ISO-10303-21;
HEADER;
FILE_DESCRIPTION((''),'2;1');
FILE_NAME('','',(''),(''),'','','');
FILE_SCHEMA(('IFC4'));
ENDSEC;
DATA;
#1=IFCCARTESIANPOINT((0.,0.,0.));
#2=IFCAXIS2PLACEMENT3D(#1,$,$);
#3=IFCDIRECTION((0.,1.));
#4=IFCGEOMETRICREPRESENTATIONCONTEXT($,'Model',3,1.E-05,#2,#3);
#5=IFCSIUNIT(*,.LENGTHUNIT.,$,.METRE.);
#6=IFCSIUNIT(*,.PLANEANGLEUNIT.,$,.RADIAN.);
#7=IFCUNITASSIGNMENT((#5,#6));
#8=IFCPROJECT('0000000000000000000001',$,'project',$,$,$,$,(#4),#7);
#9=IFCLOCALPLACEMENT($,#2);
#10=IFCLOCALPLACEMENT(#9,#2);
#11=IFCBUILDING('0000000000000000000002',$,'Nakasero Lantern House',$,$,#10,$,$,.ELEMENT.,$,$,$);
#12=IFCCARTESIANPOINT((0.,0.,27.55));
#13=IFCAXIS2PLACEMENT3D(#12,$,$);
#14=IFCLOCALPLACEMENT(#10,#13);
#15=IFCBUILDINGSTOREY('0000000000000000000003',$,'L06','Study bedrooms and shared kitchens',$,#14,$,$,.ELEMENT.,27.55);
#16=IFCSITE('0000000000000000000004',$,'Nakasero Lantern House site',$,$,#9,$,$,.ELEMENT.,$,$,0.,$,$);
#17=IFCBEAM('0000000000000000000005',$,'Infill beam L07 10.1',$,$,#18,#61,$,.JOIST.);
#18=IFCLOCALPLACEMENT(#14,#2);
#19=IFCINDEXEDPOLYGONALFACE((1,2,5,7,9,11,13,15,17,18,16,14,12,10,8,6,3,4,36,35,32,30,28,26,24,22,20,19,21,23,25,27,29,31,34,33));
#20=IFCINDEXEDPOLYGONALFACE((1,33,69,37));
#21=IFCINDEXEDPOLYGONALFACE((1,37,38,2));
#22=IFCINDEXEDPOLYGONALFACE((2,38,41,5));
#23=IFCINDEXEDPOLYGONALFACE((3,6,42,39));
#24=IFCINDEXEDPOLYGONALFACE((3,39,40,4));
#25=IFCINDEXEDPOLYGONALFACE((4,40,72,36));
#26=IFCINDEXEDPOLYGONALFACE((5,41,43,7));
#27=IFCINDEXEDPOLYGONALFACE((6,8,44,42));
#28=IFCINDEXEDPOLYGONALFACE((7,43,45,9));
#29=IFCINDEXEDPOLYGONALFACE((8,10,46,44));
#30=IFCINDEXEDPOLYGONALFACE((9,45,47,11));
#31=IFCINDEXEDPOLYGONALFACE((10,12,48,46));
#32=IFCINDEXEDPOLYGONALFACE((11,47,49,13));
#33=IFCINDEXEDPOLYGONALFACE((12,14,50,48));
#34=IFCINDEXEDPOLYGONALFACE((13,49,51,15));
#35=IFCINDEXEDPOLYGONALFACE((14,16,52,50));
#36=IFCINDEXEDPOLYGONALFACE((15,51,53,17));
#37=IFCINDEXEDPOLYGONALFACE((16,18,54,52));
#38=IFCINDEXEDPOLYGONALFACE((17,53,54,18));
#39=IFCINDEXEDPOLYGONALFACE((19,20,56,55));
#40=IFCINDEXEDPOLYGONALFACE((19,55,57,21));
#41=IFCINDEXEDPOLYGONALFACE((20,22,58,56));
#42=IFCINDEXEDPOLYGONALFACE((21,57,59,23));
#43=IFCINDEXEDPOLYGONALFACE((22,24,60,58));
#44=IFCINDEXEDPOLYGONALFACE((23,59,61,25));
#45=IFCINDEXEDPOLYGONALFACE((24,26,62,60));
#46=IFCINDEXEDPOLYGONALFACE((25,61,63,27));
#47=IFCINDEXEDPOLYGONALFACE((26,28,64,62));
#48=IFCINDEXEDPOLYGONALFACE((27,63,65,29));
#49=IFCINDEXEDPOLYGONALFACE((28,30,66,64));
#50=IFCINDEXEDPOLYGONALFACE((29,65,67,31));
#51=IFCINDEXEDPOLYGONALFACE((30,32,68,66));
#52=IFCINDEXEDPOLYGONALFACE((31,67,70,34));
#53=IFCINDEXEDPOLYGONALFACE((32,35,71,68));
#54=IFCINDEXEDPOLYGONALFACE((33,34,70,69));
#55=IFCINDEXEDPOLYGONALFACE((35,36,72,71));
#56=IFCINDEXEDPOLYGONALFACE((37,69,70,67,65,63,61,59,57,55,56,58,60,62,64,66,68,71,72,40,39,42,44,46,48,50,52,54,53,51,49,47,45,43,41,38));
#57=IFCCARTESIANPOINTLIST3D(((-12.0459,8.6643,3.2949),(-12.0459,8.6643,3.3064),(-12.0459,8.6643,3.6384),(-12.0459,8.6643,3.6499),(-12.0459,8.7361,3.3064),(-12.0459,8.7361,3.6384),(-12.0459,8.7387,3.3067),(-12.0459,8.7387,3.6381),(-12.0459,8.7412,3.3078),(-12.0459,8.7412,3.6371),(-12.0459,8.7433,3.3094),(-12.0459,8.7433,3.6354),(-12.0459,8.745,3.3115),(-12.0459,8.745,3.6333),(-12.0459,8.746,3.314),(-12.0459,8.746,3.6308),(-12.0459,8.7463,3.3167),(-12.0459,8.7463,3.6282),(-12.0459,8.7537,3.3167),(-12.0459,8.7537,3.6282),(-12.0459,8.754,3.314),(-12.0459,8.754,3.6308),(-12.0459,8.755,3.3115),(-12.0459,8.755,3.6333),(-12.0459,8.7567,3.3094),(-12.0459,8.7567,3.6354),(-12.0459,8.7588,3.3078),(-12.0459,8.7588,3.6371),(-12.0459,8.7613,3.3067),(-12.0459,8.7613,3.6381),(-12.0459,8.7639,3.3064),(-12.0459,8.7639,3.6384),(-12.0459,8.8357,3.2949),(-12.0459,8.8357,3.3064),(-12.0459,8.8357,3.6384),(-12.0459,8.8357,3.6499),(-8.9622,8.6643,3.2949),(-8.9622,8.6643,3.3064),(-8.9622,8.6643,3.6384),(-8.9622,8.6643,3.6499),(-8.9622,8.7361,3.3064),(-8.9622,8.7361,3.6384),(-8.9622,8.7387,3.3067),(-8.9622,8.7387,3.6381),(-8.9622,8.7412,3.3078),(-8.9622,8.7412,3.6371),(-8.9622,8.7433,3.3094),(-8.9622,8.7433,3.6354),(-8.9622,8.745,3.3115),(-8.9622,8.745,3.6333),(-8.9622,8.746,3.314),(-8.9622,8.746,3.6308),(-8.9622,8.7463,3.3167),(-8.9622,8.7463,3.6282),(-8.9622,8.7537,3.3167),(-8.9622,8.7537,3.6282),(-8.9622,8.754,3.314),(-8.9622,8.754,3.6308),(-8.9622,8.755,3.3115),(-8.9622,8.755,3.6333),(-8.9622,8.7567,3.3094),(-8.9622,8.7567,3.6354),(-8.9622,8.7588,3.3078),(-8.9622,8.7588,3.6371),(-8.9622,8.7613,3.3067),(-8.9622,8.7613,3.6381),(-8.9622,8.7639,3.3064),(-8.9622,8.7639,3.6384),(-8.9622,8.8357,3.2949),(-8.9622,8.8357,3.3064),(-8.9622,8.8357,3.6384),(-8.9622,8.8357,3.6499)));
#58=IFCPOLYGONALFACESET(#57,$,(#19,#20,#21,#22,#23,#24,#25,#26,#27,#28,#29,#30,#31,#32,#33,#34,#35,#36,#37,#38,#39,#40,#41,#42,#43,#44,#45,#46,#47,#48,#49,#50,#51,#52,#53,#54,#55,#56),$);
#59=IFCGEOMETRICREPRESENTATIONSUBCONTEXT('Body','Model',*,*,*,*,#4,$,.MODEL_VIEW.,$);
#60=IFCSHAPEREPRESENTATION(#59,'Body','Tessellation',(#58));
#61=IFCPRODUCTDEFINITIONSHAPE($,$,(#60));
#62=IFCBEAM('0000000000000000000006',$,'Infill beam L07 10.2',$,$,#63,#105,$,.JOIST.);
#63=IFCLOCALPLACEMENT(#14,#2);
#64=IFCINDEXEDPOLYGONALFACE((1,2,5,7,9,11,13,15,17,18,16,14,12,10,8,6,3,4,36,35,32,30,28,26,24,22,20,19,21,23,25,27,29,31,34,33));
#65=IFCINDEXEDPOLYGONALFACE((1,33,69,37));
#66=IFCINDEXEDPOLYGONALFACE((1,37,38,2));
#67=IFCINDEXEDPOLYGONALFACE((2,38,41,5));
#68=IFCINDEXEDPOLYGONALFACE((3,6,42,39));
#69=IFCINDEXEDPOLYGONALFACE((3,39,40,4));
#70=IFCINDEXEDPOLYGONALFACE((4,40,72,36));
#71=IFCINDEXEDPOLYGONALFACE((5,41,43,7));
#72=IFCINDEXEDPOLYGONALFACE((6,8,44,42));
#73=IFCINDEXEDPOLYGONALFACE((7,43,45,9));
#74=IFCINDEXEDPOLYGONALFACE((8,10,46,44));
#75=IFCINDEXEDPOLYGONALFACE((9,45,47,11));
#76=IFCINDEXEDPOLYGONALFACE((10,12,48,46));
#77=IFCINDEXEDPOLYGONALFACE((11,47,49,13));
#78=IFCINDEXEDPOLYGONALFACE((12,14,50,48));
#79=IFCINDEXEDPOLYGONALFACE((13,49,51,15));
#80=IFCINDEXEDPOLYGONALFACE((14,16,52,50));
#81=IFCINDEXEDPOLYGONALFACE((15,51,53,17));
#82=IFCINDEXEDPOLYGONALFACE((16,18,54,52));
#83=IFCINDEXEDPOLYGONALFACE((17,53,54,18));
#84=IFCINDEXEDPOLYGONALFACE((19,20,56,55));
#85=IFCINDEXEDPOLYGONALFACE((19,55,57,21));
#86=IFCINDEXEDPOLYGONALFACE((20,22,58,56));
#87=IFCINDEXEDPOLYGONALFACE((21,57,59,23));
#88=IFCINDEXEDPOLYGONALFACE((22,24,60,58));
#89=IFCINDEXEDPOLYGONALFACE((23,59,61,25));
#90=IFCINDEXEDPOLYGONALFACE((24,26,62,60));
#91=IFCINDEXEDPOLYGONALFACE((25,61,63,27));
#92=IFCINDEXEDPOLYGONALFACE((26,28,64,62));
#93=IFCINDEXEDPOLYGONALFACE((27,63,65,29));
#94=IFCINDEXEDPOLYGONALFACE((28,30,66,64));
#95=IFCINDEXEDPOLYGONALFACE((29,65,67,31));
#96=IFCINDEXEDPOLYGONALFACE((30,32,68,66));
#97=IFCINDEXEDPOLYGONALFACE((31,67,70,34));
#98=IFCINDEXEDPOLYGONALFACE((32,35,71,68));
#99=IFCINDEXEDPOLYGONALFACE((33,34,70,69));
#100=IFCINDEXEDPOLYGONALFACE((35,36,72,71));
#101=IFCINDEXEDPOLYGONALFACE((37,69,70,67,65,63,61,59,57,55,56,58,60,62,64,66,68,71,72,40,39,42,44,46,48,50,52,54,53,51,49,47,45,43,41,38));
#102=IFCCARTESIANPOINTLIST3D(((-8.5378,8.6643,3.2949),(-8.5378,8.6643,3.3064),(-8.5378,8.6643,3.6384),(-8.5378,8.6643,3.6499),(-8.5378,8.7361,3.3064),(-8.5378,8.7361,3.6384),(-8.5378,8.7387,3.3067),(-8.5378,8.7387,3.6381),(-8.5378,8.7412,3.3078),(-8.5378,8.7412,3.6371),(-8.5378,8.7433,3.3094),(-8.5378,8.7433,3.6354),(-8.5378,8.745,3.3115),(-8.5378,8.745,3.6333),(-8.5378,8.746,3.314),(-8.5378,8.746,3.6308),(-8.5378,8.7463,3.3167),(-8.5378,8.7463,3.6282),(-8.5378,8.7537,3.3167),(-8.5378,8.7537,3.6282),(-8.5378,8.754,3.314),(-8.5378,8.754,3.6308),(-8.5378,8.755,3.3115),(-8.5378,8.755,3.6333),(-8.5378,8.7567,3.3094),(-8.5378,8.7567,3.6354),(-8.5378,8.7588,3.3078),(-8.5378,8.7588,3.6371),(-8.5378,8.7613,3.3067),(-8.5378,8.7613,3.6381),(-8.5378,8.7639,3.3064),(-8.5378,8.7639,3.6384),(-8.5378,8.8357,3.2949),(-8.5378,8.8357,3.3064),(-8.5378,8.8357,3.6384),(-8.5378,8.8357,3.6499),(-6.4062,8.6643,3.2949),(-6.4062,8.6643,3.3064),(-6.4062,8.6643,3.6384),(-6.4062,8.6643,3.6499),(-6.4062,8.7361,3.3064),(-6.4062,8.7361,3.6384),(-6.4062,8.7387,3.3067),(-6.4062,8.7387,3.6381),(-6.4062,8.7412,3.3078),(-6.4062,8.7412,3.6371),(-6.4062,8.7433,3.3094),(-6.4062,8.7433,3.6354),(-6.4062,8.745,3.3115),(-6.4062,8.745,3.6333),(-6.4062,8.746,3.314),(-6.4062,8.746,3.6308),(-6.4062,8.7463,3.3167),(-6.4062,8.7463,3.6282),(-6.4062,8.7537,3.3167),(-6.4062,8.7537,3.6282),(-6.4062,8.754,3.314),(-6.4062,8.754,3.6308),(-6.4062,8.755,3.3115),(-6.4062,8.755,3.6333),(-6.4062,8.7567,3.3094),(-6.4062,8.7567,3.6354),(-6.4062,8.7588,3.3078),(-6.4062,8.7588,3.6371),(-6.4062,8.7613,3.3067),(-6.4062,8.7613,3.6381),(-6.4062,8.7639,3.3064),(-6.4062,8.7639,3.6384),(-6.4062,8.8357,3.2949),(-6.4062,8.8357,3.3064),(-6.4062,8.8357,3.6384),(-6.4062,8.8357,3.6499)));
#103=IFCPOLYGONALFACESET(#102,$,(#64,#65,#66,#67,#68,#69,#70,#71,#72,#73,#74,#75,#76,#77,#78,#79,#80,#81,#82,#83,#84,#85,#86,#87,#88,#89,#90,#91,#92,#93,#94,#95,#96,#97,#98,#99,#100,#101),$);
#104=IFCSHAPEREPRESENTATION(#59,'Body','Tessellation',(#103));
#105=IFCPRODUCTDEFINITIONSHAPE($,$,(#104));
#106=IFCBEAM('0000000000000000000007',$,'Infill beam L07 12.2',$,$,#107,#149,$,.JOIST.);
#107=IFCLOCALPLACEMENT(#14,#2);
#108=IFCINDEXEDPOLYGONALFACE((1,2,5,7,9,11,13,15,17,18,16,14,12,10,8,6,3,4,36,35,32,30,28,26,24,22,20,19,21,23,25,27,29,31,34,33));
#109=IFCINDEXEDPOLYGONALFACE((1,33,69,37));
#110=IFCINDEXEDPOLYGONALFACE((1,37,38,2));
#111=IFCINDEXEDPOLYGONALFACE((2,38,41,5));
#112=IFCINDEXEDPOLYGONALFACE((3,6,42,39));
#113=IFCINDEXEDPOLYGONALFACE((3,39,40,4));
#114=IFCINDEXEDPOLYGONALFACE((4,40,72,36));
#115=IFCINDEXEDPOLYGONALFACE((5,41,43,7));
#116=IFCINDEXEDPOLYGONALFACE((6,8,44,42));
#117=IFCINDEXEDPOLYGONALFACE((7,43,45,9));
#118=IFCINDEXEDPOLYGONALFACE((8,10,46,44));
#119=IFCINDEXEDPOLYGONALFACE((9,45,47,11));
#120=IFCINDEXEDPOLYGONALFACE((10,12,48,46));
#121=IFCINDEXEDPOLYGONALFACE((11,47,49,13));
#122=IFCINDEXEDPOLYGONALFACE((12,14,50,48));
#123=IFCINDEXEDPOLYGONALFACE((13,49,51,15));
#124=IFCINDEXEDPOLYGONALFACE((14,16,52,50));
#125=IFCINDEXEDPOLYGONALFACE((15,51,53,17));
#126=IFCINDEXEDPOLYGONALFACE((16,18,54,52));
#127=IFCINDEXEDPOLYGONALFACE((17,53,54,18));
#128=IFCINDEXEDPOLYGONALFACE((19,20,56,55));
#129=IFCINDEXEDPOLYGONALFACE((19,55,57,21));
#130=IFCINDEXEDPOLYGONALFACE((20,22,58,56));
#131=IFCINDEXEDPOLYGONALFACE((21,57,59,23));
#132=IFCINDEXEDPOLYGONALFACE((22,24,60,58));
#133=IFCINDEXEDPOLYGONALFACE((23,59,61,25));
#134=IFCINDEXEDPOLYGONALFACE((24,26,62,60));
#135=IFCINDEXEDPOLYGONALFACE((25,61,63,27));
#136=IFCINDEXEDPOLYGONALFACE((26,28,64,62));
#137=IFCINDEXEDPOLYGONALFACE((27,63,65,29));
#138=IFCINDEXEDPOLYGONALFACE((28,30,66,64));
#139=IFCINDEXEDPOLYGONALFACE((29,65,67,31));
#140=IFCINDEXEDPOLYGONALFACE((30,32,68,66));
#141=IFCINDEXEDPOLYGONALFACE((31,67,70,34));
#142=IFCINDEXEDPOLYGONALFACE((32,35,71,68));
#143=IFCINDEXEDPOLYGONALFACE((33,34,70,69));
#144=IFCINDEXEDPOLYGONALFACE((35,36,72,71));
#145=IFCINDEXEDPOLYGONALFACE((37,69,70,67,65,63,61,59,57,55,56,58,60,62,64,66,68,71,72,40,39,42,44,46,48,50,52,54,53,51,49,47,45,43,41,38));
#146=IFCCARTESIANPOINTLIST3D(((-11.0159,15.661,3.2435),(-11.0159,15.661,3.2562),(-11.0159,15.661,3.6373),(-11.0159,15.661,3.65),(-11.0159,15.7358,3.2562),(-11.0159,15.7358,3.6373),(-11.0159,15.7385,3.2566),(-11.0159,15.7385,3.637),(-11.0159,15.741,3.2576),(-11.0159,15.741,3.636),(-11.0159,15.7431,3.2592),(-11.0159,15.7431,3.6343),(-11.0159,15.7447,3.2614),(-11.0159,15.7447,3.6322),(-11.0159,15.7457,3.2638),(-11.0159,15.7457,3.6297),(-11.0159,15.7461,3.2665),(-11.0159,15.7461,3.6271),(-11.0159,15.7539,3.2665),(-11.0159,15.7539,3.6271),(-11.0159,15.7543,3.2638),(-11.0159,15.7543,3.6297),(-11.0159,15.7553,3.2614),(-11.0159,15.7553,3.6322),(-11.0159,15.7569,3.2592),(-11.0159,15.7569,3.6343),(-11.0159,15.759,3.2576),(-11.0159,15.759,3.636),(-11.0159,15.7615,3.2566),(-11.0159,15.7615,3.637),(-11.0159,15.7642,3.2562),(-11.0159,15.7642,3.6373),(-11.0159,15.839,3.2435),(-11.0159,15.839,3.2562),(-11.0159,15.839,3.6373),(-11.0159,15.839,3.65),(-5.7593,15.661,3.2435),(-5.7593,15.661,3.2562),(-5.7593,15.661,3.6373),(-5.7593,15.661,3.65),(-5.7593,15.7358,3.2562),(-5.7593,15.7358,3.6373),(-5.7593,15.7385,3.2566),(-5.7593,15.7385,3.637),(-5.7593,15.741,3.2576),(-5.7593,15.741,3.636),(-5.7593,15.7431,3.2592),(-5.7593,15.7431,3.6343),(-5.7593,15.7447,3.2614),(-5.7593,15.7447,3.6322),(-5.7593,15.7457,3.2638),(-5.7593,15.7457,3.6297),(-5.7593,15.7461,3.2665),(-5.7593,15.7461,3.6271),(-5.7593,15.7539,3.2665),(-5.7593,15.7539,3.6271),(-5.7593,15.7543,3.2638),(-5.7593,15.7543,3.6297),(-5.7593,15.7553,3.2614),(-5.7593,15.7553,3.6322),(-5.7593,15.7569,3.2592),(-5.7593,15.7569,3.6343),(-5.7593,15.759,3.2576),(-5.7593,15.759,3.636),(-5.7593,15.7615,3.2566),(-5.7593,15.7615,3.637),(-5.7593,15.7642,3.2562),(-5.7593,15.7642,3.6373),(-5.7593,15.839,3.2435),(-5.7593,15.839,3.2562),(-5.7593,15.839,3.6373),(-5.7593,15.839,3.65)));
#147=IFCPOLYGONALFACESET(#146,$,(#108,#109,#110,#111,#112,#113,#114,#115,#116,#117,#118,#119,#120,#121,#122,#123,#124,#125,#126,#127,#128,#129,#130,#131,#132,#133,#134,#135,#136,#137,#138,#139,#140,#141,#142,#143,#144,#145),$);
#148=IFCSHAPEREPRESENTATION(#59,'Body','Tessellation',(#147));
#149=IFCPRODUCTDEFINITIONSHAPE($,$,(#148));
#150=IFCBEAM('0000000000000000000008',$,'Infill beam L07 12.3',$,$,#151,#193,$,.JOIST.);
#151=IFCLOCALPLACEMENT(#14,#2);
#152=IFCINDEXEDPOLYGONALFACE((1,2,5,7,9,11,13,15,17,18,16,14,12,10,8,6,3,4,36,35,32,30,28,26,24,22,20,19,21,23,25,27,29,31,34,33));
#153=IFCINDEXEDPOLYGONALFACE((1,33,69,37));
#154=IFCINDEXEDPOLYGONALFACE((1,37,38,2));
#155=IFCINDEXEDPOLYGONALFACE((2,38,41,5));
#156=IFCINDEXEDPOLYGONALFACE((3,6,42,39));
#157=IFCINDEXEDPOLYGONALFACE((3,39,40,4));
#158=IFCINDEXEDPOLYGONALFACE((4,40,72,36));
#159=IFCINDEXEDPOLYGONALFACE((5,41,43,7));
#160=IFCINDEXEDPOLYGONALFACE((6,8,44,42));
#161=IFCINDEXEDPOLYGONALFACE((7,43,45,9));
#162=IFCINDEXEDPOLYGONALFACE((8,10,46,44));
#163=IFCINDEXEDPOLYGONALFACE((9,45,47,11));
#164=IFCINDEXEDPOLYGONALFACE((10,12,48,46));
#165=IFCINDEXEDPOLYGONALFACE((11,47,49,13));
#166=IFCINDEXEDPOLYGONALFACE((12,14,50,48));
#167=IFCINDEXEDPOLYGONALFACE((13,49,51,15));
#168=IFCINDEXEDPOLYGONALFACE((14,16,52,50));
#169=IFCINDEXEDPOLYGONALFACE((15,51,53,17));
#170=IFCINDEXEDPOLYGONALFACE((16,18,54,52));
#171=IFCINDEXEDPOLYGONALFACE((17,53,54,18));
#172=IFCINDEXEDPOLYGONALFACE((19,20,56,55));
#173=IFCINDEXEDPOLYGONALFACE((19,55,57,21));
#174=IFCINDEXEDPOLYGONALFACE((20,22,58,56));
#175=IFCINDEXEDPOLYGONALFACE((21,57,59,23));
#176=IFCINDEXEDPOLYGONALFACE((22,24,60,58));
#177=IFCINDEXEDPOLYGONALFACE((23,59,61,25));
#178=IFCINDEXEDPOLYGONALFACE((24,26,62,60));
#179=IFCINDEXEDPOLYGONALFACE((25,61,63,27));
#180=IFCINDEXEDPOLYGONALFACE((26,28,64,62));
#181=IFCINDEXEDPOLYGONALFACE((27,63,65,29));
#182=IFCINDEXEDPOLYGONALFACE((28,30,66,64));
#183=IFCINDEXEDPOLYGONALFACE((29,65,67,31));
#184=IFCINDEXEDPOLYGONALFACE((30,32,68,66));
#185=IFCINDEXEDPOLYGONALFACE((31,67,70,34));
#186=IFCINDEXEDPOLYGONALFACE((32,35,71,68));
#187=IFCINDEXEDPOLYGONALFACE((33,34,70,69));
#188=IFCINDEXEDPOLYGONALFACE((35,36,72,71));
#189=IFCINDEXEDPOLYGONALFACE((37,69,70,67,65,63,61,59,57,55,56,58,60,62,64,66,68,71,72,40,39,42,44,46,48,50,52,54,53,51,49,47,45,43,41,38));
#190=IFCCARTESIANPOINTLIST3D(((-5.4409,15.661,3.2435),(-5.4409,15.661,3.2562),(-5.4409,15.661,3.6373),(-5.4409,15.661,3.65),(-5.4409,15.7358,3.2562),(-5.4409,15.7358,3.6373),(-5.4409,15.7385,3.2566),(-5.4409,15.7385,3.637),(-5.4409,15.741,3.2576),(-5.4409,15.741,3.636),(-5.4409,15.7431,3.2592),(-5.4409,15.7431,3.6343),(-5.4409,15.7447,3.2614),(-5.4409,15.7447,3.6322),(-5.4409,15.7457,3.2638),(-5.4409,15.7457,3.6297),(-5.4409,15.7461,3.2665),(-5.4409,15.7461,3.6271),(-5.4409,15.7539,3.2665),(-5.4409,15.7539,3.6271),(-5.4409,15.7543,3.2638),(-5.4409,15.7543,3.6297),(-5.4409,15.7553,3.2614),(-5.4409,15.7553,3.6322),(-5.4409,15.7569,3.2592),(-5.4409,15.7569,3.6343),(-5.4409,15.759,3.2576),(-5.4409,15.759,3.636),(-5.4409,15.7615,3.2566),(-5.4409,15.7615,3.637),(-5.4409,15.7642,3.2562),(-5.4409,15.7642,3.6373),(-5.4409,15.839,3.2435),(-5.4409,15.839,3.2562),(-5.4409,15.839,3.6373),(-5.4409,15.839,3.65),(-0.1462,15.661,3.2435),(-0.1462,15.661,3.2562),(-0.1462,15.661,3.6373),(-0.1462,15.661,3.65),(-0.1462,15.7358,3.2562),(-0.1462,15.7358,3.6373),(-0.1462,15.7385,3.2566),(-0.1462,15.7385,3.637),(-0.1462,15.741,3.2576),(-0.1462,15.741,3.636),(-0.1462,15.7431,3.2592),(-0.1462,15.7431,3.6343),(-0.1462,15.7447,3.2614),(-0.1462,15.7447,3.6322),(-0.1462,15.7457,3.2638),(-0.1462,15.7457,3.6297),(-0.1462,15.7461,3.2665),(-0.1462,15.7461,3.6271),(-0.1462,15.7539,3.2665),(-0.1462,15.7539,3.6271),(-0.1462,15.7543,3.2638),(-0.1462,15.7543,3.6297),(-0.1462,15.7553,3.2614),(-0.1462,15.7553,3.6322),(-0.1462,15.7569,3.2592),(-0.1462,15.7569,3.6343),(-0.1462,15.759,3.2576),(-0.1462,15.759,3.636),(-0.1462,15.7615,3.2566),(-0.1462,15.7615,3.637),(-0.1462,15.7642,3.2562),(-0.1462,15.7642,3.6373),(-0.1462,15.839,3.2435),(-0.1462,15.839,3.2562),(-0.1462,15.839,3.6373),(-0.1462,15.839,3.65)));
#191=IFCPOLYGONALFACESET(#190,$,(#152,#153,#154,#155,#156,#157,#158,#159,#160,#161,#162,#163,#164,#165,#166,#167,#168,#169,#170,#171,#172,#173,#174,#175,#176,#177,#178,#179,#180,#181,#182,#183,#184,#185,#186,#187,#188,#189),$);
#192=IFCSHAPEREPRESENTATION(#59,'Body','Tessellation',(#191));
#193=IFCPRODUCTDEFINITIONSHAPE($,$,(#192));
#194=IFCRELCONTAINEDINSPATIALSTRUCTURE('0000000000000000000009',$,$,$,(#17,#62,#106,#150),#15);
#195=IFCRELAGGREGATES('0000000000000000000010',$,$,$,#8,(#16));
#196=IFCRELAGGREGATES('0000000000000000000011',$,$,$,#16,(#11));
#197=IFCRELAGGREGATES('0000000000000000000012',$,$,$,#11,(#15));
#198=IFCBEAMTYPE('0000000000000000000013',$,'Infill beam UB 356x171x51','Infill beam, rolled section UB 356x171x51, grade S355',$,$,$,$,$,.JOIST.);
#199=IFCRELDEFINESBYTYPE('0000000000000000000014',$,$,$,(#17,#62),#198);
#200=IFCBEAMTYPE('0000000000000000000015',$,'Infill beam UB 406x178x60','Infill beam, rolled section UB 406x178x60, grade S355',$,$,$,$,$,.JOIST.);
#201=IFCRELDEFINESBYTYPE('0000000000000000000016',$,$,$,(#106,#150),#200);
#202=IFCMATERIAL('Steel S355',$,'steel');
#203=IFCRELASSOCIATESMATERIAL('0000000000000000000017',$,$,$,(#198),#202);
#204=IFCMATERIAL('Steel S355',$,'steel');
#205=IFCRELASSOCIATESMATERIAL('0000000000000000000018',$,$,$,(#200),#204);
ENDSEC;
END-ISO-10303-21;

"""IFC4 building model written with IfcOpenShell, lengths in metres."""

from ifc_helpers import new_model, si_unit, direction, frame, origin, origin_2d, place, context, subcontext, project, spatial, i_section, extrude, material, material_profile, profile_set, type_object, element, save


model = new_model("IFC4")

# Units and contexts
model_context = context("Model", 3, precision=1e-05, world=origin(), true_north=direction((0.0, 1.0)))
body_context = subcontext(model_context, "Body", "Model", "MODEL_VIEW")
ifc_project = project(units=[si_unit("LENGTHUNIT", "METRE"), si_unit("PLANEANGLEUNIT", "RADIAN")], contexts=[model_context])

# Site, building, storey
site_placement = place(None, origin())
site = spatial("IfcSite", under=ifc_project, at=site_placement, Name="Nakasero Lantern House site", CompositionType="ELEMENT", RefElevation=0.0)
building_placement = place(site_placement, origin())
building = spatial("IfcBuilding", under=site, at=building_placement, Name="Nakasero Lantern House", CompositionType="ELEMENT")
storey_placement = place(building_placement, frame((0.0, 0.0, 27.55)))
storey = spatial("IfcBuildingStorey", under=building, at=storey_placement, Name="L06", Description="Study bedrooms and shared kitchens", CompositionType="ELEMENT", Elevation=27.55)

# Beams
ifc_material_1 = material(Name="Steel S355", Category="steel")
ifc_material_profile_1 = material_profile(ifc_material_1, i_section(OverallWidth=0.1714, OverallDepth=0.355, WebThickness=0.0073, FlangeThickness=0.0115, FilletRadius=0.0103, at=origin_2d()), Name="UB 356x171x51")
ifc_profile_set_1 = profile_set([ifc_material_profile_1], Name="Steel S355")
beam_type_1 = type_object("IfcBeamType", Name="Infill beam UB 356x171x51", Description="Infill beam, rolled section UB 356x171x51, grade S355", PredefinedType="JOIST", material=ifc_profile_set_1)
beam_1_placement = place(storey_placement, frame((-12.0459, 8.75, 3.4724), z_axis=(1.0, 0.0, 0.0), x_axis=(0.0, 1.0, 0.0)))
element("IfcBeam", 1, at=beam_1_placement, inside=storey, type_object=beam_type_1, Name="Infill beam L07 10.1", PredefinedType="JOIST", context=body_context, shape_type="SweptSolid", body=[
    extrude(i_section(OverallWidth=0.1714, OverallDepth=0.355, WebThickness=0.0073, FlangeThickness=0.0115, FilletRadius=0.0103, at=origin_2d()), origin(), (0.0, 0.0, 1.0), 3.0837),
])
beam_2_placement = place(storey_placement, frame((-8.5378, 8.75, 3.4724), z_axis=(1.0, 0.0, 0.0), x_axis=(0.0, 1.0, 0.0)))
element("IfcBeam", 2, at=beam_2_placement, inside=storey, type_object=beam_type_1, Name="Infill beam L07 10.2", PredefinedType="JOIST", context=body_context, shape_type="SweptSolid", body=[
    extrude(i_section(OverallWidth=0.1714, OverallDepth=0.355, WebThickness=0.0073, FlangeThickness=0.0115, FilletRadius=0.0103, at=origin_2d()), origin(), (0.0, 0.0, 1.0), 2.1316),
])
ifc_material_2 = material(Name="Steel S355", Category="steel")
ifc_material_profile_2 = material_profile(ifc_material_2, i_section(OverallWidth=0.178, OverallDepth=0.4065, WebThickness=0.0078, FlangeThickness=0.0127, FilletRadius=0.0103, at=origin_2d()), Name="UB 406x178x60")
ifc_profile_set_2 = profile_set([ifc_material_profile_2], Name="Steel S355")
beam_type_2 = type_object("IfcBeamType", Name="Infill beam UB 406x178x60", Description="Infill beam, rolled section UB 406x178x60, grade S355", PredefinedType="JOIST", material=ifc_profile_set_2)
beam_3_placement = place(storey_placement, frame((-11.0159, 15.75, 3.4468), z_axis=(1.0, 0.0, 0.0), x_axis=(0.0, 1.0, 0.0)))
element("IfcBeam", 3, at=beam_3_placement, inside=storey, type_object=beam_type_2, Name="Infill beam L07 12.2", PredefinedType="JOIST", context=body_context, shape_type="SweptSolid", body=[
    extrude(i_section(OverallWidth=0.178, OverallDepth=0.4065, WebThickness=0.0078, FlangeThickness=0.0127, FilletRadius=0.0103, at=origin_2d()), origin(), (0.0, 0.0, 1.0), 5.2566),
])
beam_4_placement = place(storey_placement, frame((-5.4409, 15.75, 3.4468), z_axis=(1.0, 0.0, 0.0), x_axis=(0.0, 1.0, 0.0)))
element("IfcBeam", 4, at=beam_4_placement, inside=storey, type_object=beam_type_2, Name="Infill beam L07 12.3", PredefinedType="JOIST", context=body_context, shape_type="SweptSolid", body=[
    extrude(i_section(OverallWidth=0.178, OverallDepth=0.4065, WebThickness=0.0078, FlangeThickness=0.0127, FilletRadius=0.0103, at=origin_2d()), origin(), (0.0, 0.0, 1.0), 5.2947),
])

save(model, "model.ifc")
